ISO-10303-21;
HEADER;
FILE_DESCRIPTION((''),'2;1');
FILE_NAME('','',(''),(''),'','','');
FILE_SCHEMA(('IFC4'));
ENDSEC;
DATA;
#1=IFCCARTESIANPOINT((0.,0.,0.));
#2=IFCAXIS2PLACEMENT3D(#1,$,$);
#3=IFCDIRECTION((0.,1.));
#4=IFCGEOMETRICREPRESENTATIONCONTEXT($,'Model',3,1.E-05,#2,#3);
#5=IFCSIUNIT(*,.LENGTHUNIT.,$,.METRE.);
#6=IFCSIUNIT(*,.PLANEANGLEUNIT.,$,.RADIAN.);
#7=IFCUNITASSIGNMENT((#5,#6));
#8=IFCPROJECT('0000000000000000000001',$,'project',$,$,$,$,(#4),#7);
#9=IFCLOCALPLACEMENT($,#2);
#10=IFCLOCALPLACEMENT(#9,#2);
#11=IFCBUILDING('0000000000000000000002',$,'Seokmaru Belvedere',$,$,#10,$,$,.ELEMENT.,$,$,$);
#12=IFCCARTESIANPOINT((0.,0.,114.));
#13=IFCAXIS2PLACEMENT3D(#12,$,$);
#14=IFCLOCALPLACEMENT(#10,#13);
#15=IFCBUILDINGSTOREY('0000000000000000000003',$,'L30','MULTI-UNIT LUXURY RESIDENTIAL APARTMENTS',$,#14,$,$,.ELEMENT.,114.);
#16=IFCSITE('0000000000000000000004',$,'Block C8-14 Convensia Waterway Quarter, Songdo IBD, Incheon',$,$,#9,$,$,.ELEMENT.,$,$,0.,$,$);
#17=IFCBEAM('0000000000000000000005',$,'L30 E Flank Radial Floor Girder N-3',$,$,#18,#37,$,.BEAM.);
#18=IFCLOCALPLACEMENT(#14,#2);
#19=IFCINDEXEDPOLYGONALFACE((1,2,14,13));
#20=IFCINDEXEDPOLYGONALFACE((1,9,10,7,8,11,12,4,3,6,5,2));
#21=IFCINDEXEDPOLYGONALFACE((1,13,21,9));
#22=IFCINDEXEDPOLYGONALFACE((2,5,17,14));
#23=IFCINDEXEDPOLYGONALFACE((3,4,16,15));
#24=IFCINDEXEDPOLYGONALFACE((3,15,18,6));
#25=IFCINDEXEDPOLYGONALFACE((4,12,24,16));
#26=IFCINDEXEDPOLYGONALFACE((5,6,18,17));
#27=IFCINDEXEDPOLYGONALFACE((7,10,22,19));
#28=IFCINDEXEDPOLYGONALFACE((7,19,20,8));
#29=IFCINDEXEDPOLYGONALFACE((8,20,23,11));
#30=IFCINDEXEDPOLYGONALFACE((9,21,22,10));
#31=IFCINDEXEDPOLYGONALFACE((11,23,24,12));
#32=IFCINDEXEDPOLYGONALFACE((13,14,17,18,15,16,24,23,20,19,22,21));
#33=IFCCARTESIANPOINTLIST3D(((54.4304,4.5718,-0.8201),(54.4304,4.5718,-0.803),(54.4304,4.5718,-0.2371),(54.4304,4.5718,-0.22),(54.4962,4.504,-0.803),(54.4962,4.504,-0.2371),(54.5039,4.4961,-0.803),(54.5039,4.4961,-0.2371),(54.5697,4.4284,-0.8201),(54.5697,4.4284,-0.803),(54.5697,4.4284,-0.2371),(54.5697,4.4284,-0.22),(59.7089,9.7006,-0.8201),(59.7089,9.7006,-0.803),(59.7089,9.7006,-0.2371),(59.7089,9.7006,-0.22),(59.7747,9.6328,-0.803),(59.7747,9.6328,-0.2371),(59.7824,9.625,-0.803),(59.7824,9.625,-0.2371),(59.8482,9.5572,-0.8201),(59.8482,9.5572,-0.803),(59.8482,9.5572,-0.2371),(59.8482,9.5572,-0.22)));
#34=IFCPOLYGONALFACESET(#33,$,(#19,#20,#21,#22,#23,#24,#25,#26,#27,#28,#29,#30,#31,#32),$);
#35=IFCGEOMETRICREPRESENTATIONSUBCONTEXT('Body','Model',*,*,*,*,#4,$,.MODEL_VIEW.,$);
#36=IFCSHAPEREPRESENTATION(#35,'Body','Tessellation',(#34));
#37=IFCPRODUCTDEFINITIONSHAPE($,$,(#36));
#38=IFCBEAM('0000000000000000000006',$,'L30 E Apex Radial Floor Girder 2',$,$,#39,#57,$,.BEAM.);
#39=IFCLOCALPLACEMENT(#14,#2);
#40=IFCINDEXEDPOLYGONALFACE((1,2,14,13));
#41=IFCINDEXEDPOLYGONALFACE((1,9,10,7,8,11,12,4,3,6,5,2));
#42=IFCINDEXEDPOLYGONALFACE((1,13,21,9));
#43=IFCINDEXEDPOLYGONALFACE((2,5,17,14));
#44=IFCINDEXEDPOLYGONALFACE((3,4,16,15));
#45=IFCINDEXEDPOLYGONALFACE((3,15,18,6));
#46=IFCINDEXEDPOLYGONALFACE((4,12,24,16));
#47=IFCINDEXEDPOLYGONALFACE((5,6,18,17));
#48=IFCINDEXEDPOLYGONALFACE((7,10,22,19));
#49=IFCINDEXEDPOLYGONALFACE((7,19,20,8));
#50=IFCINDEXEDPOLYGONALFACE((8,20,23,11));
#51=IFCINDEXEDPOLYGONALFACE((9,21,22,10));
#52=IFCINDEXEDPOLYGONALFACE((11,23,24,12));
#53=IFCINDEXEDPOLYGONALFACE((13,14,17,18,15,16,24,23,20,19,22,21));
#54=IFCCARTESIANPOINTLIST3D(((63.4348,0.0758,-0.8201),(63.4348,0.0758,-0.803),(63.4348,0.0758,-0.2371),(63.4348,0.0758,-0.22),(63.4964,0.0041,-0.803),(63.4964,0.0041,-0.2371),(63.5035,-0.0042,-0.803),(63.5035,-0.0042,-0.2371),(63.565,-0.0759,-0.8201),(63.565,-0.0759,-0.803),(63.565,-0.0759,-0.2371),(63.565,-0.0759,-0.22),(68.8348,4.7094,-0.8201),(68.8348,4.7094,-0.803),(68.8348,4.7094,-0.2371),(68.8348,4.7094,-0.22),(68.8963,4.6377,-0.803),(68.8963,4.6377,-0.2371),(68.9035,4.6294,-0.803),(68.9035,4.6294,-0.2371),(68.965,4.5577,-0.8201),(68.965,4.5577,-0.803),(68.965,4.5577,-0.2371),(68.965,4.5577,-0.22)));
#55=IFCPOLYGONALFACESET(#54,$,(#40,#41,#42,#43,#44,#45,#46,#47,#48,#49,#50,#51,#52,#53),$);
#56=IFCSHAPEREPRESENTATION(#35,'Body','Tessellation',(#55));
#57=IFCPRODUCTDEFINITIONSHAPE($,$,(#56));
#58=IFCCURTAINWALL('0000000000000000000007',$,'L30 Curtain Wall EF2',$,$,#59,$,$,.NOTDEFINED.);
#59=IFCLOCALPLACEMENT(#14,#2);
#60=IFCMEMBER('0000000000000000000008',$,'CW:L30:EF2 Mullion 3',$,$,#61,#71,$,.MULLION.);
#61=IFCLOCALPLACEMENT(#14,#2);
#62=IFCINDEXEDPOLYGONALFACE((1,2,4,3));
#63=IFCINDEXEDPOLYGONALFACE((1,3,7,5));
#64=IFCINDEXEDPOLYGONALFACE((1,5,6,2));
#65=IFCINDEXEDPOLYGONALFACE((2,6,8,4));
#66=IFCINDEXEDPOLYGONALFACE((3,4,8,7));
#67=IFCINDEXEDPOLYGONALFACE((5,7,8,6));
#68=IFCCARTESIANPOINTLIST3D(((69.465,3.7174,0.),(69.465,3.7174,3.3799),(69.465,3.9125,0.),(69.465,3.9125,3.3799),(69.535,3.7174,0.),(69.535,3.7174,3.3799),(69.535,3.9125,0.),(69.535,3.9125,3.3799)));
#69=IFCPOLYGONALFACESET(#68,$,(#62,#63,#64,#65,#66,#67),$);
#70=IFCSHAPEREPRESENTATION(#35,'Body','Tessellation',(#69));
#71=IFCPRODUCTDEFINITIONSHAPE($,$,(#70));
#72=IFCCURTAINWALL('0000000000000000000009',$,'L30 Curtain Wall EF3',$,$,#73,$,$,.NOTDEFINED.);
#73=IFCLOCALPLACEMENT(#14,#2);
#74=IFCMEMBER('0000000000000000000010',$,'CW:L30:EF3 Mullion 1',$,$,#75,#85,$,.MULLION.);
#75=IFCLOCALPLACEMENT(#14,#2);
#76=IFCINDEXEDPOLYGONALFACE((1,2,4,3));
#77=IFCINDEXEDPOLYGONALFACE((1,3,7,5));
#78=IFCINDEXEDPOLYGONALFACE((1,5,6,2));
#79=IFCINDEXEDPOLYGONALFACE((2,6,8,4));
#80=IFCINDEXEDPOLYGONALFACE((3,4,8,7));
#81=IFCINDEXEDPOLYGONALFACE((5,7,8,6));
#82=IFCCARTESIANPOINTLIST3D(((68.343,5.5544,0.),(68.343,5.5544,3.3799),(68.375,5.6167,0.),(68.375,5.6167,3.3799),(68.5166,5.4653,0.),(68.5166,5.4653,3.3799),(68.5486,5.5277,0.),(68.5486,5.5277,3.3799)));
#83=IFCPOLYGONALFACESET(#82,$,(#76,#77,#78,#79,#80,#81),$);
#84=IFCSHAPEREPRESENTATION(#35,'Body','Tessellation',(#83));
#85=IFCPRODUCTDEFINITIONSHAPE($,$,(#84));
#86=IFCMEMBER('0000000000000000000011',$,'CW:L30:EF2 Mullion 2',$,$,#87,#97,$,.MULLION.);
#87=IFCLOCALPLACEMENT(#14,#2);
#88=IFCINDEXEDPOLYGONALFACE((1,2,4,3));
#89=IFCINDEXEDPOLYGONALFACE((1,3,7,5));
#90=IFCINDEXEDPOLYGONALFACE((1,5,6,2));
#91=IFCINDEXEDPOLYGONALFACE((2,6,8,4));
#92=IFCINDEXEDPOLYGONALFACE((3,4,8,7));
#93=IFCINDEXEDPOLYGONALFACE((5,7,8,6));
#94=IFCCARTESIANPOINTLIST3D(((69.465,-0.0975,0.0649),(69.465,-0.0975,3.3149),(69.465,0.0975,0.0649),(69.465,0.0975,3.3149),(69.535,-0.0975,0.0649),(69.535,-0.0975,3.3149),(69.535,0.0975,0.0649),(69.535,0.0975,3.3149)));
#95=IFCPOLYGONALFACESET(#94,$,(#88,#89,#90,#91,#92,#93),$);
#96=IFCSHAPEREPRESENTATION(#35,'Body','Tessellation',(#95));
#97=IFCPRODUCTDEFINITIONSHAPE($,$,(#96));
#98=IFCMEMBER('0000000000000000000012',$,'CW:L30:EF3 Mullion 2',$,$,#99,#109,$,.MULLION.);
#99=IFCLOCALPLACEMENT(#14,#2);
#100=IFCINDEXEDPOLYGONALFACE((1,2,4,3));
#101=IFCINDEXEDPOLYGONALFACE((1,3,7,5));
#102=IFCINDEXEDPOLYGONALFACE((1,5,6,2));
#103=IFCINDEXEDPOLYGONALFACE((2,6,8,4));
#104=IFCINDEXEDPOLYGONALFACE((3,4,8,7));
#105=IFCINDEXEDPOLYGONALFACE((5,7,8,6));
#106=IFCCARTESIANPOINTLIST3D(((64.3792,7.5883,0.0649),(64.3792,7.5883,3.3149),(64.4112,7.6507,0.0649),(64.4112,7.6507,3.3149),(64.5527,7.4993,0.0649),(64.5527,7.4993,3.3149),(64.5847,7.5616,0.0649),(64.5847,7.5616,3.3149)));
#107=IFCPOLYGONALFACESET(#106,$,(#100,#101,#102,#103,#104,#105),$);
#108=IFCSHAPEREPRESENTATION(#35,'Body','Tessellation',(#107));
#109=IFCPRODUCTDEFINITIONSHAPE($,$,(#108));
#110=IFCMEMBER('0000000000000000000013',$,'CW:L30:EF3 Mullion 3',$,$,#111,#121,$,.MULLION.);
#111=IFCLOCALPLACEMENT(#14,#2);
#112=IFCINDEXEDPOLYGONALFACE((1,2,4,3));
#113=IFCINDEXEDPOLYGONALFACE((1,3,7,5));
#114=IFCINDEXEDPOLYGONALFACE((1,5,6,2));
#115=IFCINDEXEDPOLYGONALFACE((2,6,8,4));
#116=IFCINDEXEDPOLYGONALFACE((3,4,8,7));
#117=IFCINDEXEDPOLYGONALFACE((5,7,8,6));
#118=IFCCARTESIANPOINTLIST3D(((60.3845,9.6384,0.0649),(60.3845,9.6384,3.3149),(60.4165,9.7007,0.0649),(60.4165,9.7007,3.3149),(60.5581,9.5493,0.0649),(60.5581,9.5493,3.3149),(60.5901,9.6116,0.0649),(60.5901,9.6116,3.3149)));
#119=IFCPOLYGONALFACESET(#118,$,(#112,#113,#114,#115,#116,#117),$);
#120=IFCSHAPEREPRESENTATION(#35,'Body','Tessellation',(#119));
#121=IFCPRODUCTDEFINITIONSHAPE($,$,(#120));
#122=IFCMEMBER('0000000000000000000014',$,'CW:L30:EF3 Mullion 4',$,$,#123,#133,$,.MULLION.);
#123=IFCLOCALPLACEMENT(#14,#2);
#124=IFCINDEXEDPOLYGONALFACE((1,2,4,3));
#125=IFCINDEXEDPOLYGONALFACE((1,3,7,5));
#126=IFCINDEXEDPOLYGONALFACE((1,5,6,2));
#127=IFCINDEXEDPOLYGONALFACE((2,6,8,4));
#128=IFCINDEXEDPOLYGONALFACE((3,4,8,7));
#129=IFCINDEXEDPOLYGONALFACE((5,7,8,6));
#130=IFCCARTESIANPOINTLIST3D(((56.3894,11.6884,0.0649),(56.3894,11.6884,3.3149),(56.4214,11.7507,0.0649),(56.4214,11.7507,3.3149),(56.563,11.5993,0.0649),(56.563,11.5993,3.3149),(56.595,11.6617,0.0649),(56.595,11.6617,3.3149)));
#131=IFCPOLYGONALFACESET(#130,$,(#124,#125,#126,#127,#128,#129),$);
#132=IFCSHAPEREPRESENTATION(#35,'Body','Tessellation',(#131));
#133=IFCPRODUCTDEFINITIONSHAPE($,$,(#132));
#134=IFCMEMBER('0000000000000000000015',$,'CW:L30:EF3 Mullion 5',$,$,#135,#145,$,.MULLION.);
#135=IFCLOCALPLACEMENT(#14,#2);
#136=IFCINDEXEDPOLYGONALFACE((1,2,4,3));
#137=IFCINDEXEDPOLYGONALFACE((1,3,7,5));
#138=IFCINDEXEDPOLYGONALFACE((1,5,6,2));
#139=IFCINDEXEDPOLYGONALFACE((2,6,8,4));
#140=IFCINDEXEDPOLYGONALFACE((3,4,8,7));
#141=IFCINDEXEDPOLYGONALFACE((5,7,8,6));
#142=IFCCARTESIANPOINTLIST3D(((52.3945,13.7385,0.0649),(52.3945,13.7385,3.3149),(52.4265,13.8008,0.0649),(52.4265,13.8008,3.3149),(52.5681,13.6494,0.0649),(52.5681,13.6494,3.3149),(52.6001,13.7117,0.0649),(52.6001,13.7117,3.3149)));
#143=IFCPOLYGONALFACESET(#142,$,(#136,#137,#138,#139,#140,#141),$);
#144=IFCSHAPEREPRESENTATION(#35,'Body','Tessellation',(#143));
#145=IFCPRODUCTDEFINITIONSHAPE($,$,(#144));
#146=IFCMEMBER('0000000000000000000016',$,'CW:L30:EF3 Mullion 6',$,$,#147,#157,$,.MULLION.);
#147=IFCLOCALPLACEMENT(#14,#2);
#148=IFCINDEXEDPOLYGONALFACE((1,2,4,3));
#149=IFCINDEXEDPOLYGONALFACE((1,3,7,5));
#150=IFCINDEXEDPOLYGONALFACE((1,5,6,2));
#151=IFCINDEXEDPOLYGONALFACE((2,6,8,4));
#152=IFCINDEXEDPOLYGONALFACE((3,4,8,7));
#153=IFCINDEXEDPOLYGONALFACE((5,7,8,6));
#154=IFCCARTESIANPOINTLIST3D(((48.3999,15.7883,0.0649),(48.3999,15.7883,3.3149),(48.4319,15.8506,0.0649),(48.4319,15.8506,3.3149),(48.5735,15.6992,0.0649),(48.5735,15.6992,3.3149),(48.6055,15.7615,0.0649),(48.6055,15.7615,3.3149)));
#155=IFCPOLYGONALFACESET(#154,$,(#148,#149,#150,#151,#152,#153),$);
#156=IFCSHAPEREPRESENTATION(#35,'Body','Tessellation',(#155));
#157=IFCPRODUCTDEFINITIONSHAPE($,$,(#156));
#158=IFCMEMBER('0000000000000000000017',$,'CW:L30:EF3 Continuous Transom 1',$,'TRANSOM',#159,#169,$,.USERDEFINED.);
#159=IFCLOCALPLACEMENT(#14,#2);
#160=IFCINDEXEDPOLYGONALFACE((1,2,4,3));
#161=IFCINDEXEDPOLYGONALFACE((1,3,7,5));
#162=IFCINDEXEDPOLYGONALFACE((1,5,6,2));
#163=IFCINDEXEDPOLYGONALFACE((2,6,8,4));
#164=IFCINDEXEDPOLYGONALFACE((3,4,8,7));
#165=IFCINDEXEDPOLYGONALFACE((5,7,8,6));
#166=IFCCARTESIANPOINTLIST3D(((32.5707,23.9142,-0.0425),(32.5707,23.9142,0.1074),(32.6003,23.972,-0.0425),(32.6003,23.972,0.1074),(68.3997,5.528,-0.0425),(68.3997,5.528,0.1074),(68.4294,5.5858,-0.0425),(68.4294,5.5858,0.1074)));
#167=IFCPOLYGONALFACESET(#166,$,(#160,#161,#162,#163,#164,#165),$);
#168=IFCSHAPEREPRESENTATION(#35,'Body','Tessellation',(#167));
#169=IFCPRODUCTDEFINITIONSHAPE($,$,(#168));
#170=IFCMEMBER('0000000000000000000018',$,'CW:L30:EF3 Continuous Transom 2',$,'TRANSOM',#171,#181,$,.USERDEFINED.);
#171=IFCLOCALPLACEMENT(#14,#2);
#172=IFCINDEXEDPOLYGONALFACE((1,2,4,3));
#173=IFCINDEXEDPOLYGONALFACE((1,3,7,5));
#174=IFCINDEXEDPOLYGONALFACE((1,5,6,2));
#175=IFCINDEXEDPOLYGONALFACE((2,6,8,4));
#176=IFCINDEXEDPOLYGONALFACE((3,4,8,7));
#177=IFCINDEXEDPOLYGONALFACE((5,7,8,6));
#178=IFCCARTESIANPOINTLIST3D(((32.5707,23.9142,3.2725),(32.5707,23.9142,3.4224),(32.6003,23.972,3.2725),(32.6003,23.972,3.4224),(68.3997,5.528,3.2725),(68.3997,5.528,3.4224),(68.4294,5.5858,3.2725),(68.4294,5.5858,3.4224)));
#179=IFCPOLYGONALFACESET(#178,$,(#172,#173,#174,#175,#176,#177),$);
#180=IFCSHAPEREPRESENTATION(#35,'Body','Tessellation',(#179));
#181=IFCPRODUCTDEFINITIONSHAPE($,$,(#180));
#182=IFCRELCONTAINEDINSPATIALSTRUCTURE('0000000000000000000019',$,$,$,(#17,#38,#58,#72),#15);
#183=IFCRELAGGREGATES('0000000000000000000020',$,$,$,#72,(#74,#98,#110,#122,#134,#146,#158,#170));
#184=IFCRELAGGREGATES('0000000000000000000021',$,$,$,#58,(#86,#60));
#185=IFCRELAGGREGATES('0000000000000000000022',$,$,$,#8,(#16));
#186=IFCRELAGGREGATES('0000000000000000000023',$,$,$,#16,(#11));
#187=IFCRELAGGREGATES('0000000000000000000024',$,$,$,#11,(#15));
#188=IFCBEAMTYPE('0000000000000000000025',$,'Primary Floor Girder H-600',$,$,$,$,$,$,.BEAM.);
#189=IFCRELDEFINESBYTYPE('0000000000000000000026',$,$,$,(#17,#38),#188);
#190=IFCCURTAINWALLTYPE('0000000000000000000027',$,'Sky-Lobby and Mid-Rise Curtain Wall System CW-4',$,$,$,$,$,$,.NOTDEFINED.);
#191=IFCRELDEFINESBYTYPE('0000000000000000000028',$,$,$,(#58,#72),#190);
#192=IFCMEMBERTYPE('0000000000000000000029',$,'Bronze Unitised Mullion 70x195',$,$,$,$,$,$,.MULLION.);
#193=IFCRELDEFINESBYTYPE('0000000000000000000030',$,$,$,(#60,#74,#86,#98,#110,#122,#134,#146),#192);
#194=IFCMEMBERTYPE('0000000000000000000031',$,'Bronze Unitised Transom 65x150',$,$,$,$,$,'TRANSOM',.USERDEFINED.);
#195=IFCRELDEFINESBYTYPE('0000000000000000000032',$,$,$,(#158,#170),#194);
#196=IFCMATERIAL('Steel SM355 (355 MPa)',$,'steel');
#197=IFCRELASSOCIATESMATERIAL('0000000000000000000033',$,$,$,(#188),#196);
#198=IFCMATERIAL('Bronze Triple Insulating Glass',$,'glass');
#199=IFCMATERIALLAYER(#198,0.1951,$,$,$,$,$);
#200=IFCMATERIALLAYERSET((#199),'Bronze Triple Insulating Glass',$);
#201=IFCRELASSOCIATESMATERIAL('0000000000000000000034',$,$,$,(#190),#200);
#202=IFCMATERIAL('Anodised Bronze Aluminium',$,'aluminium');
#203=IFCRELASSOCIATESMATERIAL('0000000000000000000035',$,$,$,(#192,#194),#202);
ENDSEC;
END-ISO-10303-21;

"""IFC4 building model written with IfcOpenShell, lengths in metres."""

from ifc_helpers import new_model, si_unit, direction, frame, origin, origin_2d, place, context, subcontext, project, spatial, rectangle, i_section, extrude, source, transform, mapped, material, layer, layer_set, material_profile, profile_set, type_object, type_shapes, element, aggregate, save


model = new_model("IFC4")

# Units and contexts
model_context = context("Model", 3, precision=1e-05, world=origin(), true_north=direction((0.0, 1.0)))
body_context = subcontext(model_context, "Body", "Model", "MODEL_VIEW")
ifc_project = project(units=[si_unit("LENGTHUNIT", "METRE"), si_unit("PLANEANGLEUNIT", "RADIAN")], contexts=[model_context])

# Site, building, storey
site_placement = place(None, origin())
site = spatial("IfcSite", under=ifc_project, at=site_placement, Name="Block C8-14 Convensia Waterway Quarter, Songdo IBD, Incheon", CompositionType="ELEMENT", RefElevation=0.0)
building_placement = place(site_placement, origin())
building = spatial("IfcBuilding", under=site, at=building_placement, Name="Seokmaru Belvedere", CompositionType="ELEMENT")
storey_placement = place(building_placement, frame((0.0, 0.0, 114.0)))
storey = spatial("IfcBuildingStorey", under=building, at=storey_placement, Name="L30", Description="MULTI-UNIT LUXURY RESIDENTIAL APARTMENTS", CompositionType="ELEMENT", Elevation=114.0)

# Shared definitions
ifc_material_1 = material(Name="Steel SM355 (355 MPa)", Category="steel")

# Beams
ifc_material_profile_1 = material_profile(ifc_material_1, i_section(OverallWidth=0.2, OverallDepth=0.6001, WebThickness=0.011, FlangeThickness=0.0171, at=origin_2d()), Name="H-600x200x11x17")
ifc_profile_set_1 = profile_set([ifc_material_profile_1], Name="Steel SM355 (355 MPa)")
beam_type_1 = type_object("IfcBeamType", Name="Primary Floor Girder H-600", PredefinedType="BEAM", material=ifc_profile_set_1)
shared_shape_1 = source(origin(), body_context, "Body", "SweptSolid", [
    extrude(i_section(OverallWidth=0.2, OverallDepth=0.6001, WebThickness=0.011, FlangeThickness=0.0171, at=origin_2d()), origin(), (0.0, 0.0, 1.0), 7.3599),
])
beam_1_placement = place(storey_placement, frame((59.7786, 9.6289, -0.52), z_axis=(-0.717201, -0.696867, 0.0), x_axis=(0.696867, -0.717201, 0.0)))
element("IfcBeam", 1, at=beam_1_placement, inside=storey, type_object=beam_type_1, Name="L30 E Flank Radial Floor Girder N-3", PredefinedType="BEAM", context=body_context, shape_type="MappedRepresentation", body=[
    mapped(shared_shape_1, transform((0.0, 0.0, 0.0), scale=1.0)),
])
shared_shape_2 = source(origin(), body_context, "Body", "SweptSolid", [
    extrude(i_section(OverallWidth=0.2, OverallDepth=0.6001, WebThickness=0.011, FlangeThickness=0.0171, at=origin_2d()), origin(), (0.0, 0.0, 1.0), 7.1155),
])
beam_2_placement = place(storey_placement, frame((68.8999, 4.6335, -0.52), z_axis=(-0.758905, -0.651201, 0.0), x_axis=(0.651201, -0.758905, 0.0)))
element("IfcBeam", 2, at=beam_2_placement, inside=storey, type_object=beam_type_1, Name="L30 E Apex Radial Floor Girder 2", PredefinedType="BEAM", context=body_context, shape_type="MappedRepresentation", body=[
    mapped(shared_shape_2, transform((0.0, 0.0, 0.0), scale=1.0)),
])

# Curtain walls, members
ifc_material_2 = material(Name="Bronze Triple Insulating Glass", Category="glass")
ifc_layer_1 = layer(ifc_material_2, 0.1951)
ifc_layer_set_1 = layer_set([ifc_layer_1], Name="Bronze Triple Insulating Glass")
curtain_wall_type = type_object("IfcCurtainWallType", Name="Sky-Lobby and Mid-Rise Curtain Wall System CW-4", PredefinedType="NOTDEFINED", material=ifc_layer_set_1)
curtain_wall_1_placement = place(storey_placement, origin())
curtain_wall_1 = element("IfcCurtainWall", 3, at=curtain_wall_1_placement, inside=storey, type_object=curtain_wall_type, Name="L30 Curtain Wall EF2", PredefinedType="NOTDEFINED")
ifc_material_3 = material(Name="Anodised Bronze Aluminium", Category="aluminium")
ifc_material_profile_2 = material_profile(ifc_material_3, rectangle(XDim=0.0701, YDim=0.1951, at=origin_2d()), Name="CW-M-70x195")
ifc_profile_set_2 = profile_set([ifc_material_profile_2], Name="Anodised Bronze Aluminium")
member_type_1 = type_object("IfcMemberType", Name="Bronze Unitised Mullion 70x195", PredefinedType="MULLION", material=ifc_profile_set_2)
shared_shape_3 = source(origin(), body_context, "Body", "SweptSolid", [
    extrude(rectangle(XDim=0.0701, YDim=0.1951, at=origin_2d()), origin(), (0.0, 0.0, 1.0), 3.3799),
])
member_1_placement = place(storey_placement, frame((69.5, 3.8149, 0.0), z_axis=(0.0, 0.0, 1.0), x_axis=(-1.0, 0.0, 0.0)))
member_1 = element("IfcMember", 4, at=member_1_placement, type_object=member_type_1, Name="CW:L30:EF2 Mullion 3", PredefinedType="MULLION", context=body_context, shape_type="MappedRepresentation", body=[
    mapped(shared_shape_3, transform((0.0, 0.0, 0.0), scale=1.0)),
])
curtain_wall_2_placement = place(storey_placement, origin())
curtain_wall_2 = element("IfcCurtainWall", 5, at=curtain_wall_2_placement, inside=storey, type_object=curtain_wall_type, Name="L30 Curtain Wall EF3", PredefinedType="NOTDEFINED")
member_2_placement = place(storey_placement, frame((68.4458, 5.541, 0.0), z_axis=(0.0, 0.0, 1.0), x_axis=(-0.456555, -0.889695, 0.0)))
member_2 = element("IfcMember", 6, at=member_2_placement, type_object=member_type_1, Name="CW:L30:EF3 Mullion 1", PredefinedType="MULLION", context=body_context, shape_type="MappedRepresentation", body=[
    mapped(shared_shape_3, transform((0.0, 0.0, 0.0), scale=1.0)),
])

# Members
shared_shape_4 = source(origin(), body_context, "Body", "SweptSolid", [
    extrude(rectangle(XDim=0.0701, YDim=0.1951, at=origin_2d()), origin(), (0.0, 0.0, 1.0), 3.25),
])
type_shapes(member_type_1, [shared_shape_3, shared_shape_4])
member_3_placement = place(storey_placement, frame((69.5, 0.0, 0.0649), z_axis=(0.0, 0.0, 1.0), x_axis=(-1.0, 0.0, 0.0)))
member_3 = element("IfcMember", 7, at=member_3_placement, type_object=member_type_1, Name="CW:L30:EF2 Mullion 2", PredefinedType="MULLION", context=body_context, shape_type="MappedRepresentation", body=[
    mapped(shared_shape_4, transform((0.0, 0.0, 0.0), scale=1.0)),
])
member_4_placement = place(storey_placement, frame((64.4819, 7.575, 0.0649), z_axis=(0.0, 0.0, 1.0), x_axis=(-0.456555, -0.889695, 0.0)))
member_4 = element("IfcMember", 8, at=member_4_placement, type_object=member_type_1, Name="CW:L30:EF3 Mullion 2", PredefinedType="MULLION", context=body_context, shape_type="MappedRepresentation", body=[
    mapped(shared_shape_4, transform((0.0, 0.0, 0.0), scale=1.0)),
])
member_5_placement = place(storey_placement, frame((60.4873, 9.625, 0.0649), z_axis=(0.0, 0.0, 1.0), x_axis=(-0.456555, -0.889695, 0.0)))
member_5 = element("IfcMember", 9, at=member_5_placement, type_object=member_type_1, Name="CW:L30:EF3 Mullion 3", PredefinedType="MULLION", context=body_context, shape_type="MappedRepresentation", body=[
    mapped(shared_shape_4, transform((0.0, 0.0, 0.0), scale=1.0)),
])
member_6_placement = place(storey_placement, frame((56.4922, 11.675, 0.0649), z_axis=(0.0, 0.0, 1.0), x_axis=(-0.456555, -0.889695, 0.0)))
member_6 = element("IfcMember", 10, at=member_6_placement, type_object=member_type_1, Name="CW:L30:EF3 Mullion 4", PredefinedType="MULLION", context=body_context, shape_type="MappedRepresentation", body=[
    mapped(shared_shape_4, transform((0.0, 0.0, 0.0), scale=1.0)),
])
member_7_placement = place(storey_placement, frame((52.4973, 13.7251, 0.0649), z_axis=(0.0, 0.0, 1.0), x_axis=(-0.456555, -0.889695, 0.0)))
member_7 = element("IfcMember", 11, at=member_7_placement, type_object=member_type_1, Name="CW:L30:EF3 Mullion 5", PredefinedType="MULLION", context=body_context, shape_type="MappedRepresentation", body=[
    mapped(shared_shape_4, transform((0.0, 0.0, 0.0), scale=1.0)),
])
member_8_placement = place(storey_placement, frame((48.5027, 15.7749, 0.0649), z_axis=(0.0, 0.0, 1.0), x_axis=(-0.456555, -0.889695, 0.0)))
member_8 = element("IfcMember", 12, at=member_8_placement, type_object=member_type_1, Name="CW:L30:EF3 Mullion 6", PredefinedType="MULLION", context=body_context, shape_type="MappedRepresentation", body=[
    mapped(shared_shape_4, transform((0.0, 0.0, 0.0), scale=1.0)),
])
ifc_material_profile_3 = material_profile(ifc_material_3, rectangle(XDim=0.0649, YDim=0.1499, at=origin_2d()), Name="CW-T-65x150")
ifc_profile_set_3 = profile_set([ifc_material_profile_3], Name="Anodised Bronze Aluminium")
member_type_2 = type_object("IfcMemberType", Name="Bronze Unitised Transom 65x150", ElementType="TRANSOM", PredefinedType="USERDEFINED", material=ifc_profile_set_3)
shared_shape_5 = source(origin(), body_context, "Body", "SweptSolid", [
    extrude(rectangle(XDim=0.0649, YDim=0.1499, at=origin_2d()), origin(), (0.0, 0.0, 1.0), 40.2712),
])
member_9_placement = place(storey_placement, frame((68.4146, 5.5569, 0.0325), z_axis=(-0.889693, 0.456559, 0.0), x_axis=(-0.456559, -0.889693, 0.0)))
member_9 = element("IfcMember", 13, at=member_9_placement, type_object=member_type_2, Name="CW:L30:EF3 Continuous Transom 1", ObjectType="TRANSOM", PredefinedType="USERDEFINED", context=body_context, shape_type="MappedRepresentation", body=[
    mapped(shared_shape_5, transform((0.0, 0.0, 0.0), scale=1.0)),
])
member_10_placement = place(storey_placement, frame((68.4146, 5.5569, 3.3474), z_axis=(-0.889693, 0.456559, 0.0), x_axis=(-0.456559, -0.889693, 0.0)))
member_10 = element("IfcMember", 14, at=member_10_placement, type_object=member_type_2, Name="CW:L30:EF3 Continuous Transom 2", ObjectType="TRANSOM", PredefinedType="USERDEFINED", context=body_context, shape_type="MappedRepresentation", body=[
    mapped(shared_shape_5, transform((0.0, 0.0, 0.0), scale=1.0)),
])

aggregate(curtain_wall_2, [member_2, member_4, member_5, member_6, member_7, member_8, member_9, member_10])
aggregate(curtain_wall_1, [member_3, member_1])

save(model, "model.ifc")
